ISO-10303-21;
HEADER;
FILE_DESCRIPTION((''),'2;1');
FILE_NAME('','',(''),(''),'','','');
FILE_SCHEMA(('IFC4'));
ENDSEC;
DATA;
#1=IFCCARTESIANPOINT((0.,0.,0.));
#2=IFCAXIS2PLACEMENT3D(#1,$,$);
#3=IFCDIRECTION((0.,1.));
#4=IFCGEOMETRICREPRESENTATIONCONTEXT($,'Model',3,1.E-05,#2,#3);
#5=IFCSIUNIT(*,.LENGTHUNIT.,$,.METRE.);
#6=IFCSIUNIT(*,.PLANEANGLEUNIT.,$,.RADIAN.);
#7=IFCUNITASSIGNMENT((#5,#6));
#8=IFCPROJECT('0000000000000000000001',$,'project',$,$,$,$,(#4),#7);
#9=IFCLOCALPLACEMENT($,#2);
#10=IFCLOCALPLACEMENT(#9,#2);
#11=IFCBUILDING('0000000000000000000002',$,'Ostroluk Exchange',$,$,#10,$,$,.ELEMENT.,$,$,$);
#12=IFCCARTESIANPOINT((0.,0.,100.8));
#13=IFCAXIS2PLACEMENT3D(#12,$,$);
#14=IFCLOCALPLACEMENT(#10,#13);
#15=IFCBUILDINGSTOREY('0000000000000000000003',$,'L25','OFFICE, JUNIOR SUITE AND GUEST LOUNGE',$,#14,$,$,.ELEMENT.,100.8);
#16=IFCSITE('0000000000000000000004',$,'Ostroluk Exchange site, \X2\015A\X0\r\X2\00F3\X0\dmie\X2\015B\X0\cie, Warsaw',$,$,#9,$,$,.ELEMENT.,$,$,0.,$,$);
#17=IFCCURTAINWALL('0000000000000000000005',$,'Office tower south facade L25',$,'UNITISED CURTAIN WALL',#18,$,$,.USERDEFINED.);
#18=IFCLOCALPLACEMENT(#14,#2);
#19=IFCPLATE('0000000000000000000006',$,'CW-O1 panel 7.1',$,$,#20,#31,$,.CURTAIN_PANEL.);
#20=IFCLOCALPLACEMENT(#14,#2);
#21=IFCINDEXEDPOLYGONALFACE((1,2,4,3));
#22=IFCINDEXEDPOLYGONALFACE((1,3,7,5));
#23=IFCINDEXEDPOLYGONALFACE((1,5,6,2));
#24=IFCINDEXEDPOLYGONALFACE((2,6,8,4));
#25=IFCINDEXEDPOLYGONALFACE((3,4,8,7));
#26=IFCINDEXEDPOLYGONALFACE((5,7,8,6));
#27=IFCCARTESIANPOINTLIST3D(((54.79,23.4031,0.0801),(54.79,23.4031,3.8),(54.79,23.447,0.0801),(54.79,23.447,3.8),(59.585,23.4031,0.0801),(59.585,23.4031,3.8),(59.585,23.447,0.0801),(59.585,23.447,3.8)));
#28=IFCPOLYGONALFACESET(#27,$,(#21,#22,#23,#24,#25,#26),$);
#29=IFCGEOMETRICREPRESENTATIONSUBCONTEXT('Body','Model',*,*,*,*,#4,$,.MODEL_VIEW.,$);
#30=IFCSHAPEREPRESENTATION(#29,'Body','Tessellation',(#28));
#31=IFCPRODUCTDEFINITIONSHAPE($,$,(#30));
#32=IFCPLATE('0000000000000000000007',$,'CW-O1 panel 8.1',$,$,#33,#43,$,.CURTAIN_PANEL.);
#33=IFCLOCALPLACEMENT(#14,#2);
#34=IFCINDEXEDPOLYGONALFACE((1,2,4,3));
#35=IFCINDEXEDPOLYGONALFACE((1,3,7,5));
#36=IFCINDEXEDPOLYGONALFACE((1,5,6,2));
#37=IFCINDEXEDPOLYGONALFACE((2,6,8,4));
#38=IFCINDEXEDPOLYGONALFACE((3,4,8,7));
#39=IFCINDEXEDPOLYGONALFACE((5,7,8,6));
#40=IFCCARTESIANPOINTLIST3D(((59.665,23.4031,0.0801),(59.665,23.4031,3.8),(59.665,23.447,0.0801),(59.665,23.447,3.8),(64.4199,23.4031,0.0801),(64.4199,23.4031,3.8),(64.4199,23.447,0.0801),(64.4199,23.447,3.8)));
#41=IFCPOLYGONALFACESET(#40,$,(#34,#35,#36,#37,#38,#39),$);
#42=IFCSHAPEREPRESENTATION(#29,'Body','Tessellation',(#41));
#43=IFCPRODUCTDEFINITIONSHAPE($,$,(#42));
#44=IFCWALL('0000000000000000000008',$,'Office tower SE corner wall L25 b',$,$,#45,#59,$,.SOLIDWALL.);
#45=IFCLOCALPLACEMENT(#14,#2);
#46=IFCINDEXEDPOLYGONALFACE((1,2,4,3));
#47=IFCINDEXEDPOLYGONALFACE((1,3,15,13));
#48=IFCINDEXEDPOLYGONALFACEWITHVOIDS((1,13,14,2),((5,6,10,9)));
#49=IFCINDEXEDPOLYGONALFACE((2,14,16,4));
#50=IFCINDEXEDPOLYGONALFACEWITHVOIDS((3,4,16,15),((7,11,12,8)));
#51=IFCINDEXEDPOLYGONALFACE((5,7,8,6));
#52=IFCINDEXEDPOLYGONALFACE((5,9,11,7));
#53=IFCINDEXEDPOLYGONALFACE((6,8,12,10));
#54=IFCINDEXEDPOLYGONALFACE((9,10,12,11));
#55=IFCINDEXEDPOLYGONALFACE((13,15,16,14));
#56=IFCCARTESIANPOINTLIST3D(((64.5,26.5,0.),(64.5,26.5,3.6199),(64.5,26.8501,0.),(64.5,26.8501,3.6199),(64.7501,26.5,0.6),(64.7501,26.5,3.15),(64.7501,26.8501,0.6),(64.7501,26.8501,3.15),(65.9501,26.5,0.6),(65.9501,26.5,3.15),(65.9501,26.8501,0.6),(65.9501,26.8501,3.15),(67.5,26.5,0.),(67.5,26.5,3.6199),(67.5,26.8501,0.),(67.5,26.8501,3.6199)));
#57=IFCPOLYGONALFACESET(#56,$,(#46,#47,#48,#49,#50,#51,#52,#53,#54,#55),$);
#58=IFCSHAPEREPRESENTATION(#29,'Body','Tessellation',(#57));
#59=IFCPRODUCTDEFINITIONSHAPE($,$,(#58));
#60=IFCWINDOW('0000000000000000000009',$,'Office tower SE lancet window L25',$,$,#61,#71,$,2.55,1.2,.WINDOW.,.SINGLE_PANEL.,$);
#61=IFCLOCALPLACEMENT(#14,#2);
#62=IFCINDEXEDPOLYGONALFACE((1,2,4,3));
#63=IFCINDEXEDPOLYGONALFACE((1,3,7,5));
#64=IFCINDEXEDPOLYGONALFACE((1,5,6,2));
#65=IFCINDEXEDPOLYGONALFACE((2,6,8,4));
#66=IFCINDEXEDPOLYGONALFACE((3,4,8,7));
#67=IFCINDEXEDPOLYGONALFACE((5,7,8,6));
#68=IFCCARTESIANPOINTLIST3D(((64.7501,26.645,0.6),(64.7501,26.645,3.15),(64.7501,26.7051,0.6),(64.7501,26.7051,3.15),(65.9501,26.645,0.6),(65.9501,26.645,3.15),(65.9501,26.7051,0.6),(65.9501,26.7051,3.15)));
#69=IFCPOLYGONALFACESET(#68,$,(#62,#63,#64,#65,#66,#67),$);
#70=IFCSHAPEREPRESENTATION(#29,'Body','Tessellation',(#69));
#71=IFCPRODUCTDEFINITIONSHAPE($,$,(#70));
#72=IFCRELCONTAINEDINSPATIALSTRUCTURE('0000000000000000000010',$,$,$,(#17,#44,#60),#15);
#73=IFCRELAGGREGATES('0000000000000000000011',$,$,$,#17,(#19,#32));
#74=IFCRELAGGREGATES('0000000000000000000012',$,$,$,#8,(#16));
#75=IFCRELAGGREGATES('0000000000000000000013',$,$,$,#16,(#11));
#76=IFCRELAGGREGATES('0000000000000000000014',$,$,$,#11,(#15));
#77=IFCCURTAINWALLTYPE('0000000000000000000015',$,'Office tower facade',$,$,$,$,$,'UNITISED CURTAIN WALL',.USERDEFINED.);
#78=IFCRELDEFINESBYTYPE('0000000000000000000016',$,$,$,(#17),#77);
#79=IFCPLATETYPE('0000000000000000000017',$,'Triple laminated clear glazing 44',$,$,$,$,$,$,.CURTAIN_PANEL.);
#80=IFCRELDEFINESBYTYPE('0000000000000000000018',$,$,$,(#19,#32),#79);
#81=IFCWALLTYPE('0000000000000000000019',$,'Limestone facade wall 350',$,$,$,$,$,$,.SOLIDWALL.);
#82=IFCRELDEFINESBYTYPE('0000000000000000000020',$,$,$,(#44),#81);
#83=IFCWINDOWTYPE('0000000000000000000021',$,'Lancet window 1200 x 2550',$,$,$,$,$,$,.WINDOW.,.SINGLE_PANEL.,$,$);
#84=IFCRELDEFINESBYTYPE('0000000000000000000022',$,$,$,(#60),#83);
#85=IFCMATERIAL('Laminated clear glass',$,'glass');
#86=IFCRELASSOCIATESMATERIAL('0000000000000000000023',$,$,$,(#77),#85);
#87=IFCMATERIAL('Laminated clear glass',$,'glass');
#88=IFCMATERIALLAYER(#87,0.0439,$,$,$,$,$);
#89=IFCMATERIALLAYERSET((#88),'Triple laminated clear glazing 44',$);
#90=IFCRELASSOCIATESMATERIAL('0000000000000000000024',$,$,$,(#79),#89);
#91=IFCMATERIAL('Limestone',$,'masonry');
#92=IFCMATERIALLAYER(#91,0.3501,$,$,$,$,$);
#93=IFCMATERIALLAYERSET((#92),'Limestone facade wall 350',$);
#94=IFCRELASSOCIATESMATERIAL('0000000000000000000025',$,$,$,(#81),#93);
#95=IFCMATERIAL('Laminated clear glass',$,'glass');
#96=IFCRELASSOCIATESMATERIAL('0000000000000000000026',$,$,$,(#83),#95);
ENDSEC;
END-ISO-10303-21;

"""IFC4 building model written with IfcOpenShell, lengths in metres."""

from ifc_helpers import new_model, si_unit, direction, frame, frame_2d, origin, origin_2d, place, context, subcontext, project, spatial, rectangle, extrude, material, layer, layer_set, type_object, element, fill, aggregate, save


model = new_model("IFC4")

# Units and contexts
model_context = context("Model", 3, precision=1e-05, world=origin(), true_north=direction((0.0, 1.0)))
body_context = subcontext(model_context, "Body", "Model", "MODEL_VIEW")
ifc_project = project(units=[si_unit("LENGTHUNIT", "METRE"), si_unit("PLANEANGLEUNIT", "RADIAN")], contexts=[model_context])

# Site, building, storey
site_placement = place(None, origin())
site = spatial("IfcSite", under=ifc_project, at=site_placement, Name="Ostroluk Exchange site, Śródmieście, Warsaw", CompositionType="ELEMENT", RefElevation=0.0)
building_placement = place(site_placement, origin())
building = spatial("IfcBuilding", under=site, at=building_placement, Name="Ostroluk Exchange", CompositionType="ELEMENT")
storey_placement = place(building_placement, frame((0.0, 0.0, 100.8)))
storey = spatial("IfcBuildingStorey", under=building, at=storey_placement, Name="L25", Description="OFFICE, JUNIOR SUITE AND GUEST LOUNGE", CompositionType="ELEMENT", Elevation=100.8)

# Curtain wall
ifc_material_1 = material(Name="Laminated clear glass", Category="glass")
curtain_wall_type = type_object("IfcCurtainWallType", Name="Office tower facade", ElementType="UNITISED CURTAIN WALL", PredefinedType="USERDEFINED", material=ifc_material_1)
curtain_wall_placement = place(storey_placement, origin())
curtain_wall = element("IfcCurtainWall", 1, at=curtain_wall_placement, inside=storey, type_object=curtain_wall_type, Name="Office tower south facade L25", ObjectType="UNITISED CURTAIN WALL", PredefinedType="USERDEFINED")

# Plates
ifc_material_2 = material(Name="Laminated clear glass", Category="glass")
ifc_layer_1 = layer(ifc_material_2, 0.0439)
ifc_layer_set_1 = layer_set([ifc_layer_1], Name="Triple laminated clear glazing 44")
plate_type_1 = type_object("IfcPlateType", Name="Triple laminated clear glazing 44", PredefinedType="CURTAIN_PANEL", material=ifc_layer_set_1)
plate_1_placement = place(storey_placement, frame((57.1875, 23.425, 0.0801), z_axis=(0.0, 0.0, 1.0), x_axis=(1.0, 0.0, 0.0)))
plate_1 = element("IfcPlate", 2, at=plate_1_placement, type_object=plate_type_1, Name="CW-O1 panel 7.1", PredefinedType="CURTAIN_PANEL", context=body_context, shape_type="SweptSolid", body=[
    extrude(rectangle(XDim=4.7949, YDim=0.0439, at=origin_2d()), origin(), (0.0, 0.0, 1.0), 3.72),
])
plate_2_placement = place(storey_placement, frame((62.0425, 23.425, 0.0801), z_axis=(0.0, 0.0, 1.0), x_axis=(1.0, 0.0, 0.0)))
plate_2 = element("IfcPlate", 3, at=plate_2_placement, type_object=plate_type_1, Name="CW-O1 panel 8.1", PredefinedType="CURTAIN_PANEL", context=body_context, shape_type="SweptSolid", body=[
    extrude(rectangle(XDim=4.7549, YDim=0.0439, at=origin_2d()), origin(), (0.0, 0.0, 1.0), 3.72),
])
aggregate(curtain_wall, [plate_1, plate_2])

# Shared definitions
ifc_material_3 = material(Name="Limestone", Category="masonry")
ifc_layer_2 = layer(ifc_material_3, 0.3501)
ifc_layer_set_2 = layer_set([ifc_layer_2], Name="Limestone facade wall 350")
wall_type = type_object("IfcWallType", Name="Limestone facade wall 350", PredefinedType="SOLIDWALL", material=ifc_layer_set_2)

# Wall, opening, window
wall_1_placement = place(storey_placement, frame((64.5, 26.675, 0.0), z_axis=(0.0, 0.0, 1.0), x_axis=(1.0, 0.0, 0.0)))
wall_1 = element("IfcWall", 4, at=wall_1_placement, inside=storey, type_object=wall_type, Name="Office tower SE corner wall L25 b", PredefinedType="SOLIDWALL", context=body_context, shape_type="SweptSolid", body=[
    extrude(rectangle(XDim=3.0, YDim=0.3501, at=frame_2d((1.5, 0.0))), origin(), (0.0, 0.0, 1.0), 3.6199),
])
opening_1_placement = place(wall_1_placement, frame((0.25, 0.0, 0.6001)))
opening_1 = element("IfcOpeningElement", 5, at=opening_1_placement, cuts=wall_1, PredefinedType="OPENING", context=body_context, shape_type="SweptSolid", body=[
    extrude(rectangle(XDim=1.2, YDim=2.55, at=frame_2d((0.6001, 1.2749))), frame((0.0, 0.1851, 0.0), z_axis=(0.0, -1.0, 0.0), x_axis=(1.0, 0.0, 0.0)), (0.0, 0.0, 1.0), 0.3701),
])
ifc_material_4 = material(Name="Laminated clear glass", Category="glass")
window_type = type_object("IfcWindowType", Name="Lancet window 1200 x 2550", PartitioningType="SINGLE_PANEL", PredefinedType="WINDOW", material=ifc_material_4)
window_placement = place(opening_1_placement, origin())
window = element("IfcWindow", 6, at=window_placement, inside=storey, type_object=window_type, Name="Office tower SE lancet window L25", OverallHeight=2.55, OverallWidth=1.2, PartitioningType="SINGLE_PANEL", PredefinedType="WINDOW", context=body_context, shape_type="SweptSolid", body=[
    extrude(rectangle(XDim=1.2, YDim=2.55, at=frame_2d((0.6001, 1.2749))), frame((0.0, 0.03, 0.0), z_axis=(0.0, -1.0, 0.0), x_axis=(1.0, 0.0, 0.0)), (0.0, 0.0, 1.0), 0.0601),
])
fill(opening_1, window)

save(model, "model.ifc")
